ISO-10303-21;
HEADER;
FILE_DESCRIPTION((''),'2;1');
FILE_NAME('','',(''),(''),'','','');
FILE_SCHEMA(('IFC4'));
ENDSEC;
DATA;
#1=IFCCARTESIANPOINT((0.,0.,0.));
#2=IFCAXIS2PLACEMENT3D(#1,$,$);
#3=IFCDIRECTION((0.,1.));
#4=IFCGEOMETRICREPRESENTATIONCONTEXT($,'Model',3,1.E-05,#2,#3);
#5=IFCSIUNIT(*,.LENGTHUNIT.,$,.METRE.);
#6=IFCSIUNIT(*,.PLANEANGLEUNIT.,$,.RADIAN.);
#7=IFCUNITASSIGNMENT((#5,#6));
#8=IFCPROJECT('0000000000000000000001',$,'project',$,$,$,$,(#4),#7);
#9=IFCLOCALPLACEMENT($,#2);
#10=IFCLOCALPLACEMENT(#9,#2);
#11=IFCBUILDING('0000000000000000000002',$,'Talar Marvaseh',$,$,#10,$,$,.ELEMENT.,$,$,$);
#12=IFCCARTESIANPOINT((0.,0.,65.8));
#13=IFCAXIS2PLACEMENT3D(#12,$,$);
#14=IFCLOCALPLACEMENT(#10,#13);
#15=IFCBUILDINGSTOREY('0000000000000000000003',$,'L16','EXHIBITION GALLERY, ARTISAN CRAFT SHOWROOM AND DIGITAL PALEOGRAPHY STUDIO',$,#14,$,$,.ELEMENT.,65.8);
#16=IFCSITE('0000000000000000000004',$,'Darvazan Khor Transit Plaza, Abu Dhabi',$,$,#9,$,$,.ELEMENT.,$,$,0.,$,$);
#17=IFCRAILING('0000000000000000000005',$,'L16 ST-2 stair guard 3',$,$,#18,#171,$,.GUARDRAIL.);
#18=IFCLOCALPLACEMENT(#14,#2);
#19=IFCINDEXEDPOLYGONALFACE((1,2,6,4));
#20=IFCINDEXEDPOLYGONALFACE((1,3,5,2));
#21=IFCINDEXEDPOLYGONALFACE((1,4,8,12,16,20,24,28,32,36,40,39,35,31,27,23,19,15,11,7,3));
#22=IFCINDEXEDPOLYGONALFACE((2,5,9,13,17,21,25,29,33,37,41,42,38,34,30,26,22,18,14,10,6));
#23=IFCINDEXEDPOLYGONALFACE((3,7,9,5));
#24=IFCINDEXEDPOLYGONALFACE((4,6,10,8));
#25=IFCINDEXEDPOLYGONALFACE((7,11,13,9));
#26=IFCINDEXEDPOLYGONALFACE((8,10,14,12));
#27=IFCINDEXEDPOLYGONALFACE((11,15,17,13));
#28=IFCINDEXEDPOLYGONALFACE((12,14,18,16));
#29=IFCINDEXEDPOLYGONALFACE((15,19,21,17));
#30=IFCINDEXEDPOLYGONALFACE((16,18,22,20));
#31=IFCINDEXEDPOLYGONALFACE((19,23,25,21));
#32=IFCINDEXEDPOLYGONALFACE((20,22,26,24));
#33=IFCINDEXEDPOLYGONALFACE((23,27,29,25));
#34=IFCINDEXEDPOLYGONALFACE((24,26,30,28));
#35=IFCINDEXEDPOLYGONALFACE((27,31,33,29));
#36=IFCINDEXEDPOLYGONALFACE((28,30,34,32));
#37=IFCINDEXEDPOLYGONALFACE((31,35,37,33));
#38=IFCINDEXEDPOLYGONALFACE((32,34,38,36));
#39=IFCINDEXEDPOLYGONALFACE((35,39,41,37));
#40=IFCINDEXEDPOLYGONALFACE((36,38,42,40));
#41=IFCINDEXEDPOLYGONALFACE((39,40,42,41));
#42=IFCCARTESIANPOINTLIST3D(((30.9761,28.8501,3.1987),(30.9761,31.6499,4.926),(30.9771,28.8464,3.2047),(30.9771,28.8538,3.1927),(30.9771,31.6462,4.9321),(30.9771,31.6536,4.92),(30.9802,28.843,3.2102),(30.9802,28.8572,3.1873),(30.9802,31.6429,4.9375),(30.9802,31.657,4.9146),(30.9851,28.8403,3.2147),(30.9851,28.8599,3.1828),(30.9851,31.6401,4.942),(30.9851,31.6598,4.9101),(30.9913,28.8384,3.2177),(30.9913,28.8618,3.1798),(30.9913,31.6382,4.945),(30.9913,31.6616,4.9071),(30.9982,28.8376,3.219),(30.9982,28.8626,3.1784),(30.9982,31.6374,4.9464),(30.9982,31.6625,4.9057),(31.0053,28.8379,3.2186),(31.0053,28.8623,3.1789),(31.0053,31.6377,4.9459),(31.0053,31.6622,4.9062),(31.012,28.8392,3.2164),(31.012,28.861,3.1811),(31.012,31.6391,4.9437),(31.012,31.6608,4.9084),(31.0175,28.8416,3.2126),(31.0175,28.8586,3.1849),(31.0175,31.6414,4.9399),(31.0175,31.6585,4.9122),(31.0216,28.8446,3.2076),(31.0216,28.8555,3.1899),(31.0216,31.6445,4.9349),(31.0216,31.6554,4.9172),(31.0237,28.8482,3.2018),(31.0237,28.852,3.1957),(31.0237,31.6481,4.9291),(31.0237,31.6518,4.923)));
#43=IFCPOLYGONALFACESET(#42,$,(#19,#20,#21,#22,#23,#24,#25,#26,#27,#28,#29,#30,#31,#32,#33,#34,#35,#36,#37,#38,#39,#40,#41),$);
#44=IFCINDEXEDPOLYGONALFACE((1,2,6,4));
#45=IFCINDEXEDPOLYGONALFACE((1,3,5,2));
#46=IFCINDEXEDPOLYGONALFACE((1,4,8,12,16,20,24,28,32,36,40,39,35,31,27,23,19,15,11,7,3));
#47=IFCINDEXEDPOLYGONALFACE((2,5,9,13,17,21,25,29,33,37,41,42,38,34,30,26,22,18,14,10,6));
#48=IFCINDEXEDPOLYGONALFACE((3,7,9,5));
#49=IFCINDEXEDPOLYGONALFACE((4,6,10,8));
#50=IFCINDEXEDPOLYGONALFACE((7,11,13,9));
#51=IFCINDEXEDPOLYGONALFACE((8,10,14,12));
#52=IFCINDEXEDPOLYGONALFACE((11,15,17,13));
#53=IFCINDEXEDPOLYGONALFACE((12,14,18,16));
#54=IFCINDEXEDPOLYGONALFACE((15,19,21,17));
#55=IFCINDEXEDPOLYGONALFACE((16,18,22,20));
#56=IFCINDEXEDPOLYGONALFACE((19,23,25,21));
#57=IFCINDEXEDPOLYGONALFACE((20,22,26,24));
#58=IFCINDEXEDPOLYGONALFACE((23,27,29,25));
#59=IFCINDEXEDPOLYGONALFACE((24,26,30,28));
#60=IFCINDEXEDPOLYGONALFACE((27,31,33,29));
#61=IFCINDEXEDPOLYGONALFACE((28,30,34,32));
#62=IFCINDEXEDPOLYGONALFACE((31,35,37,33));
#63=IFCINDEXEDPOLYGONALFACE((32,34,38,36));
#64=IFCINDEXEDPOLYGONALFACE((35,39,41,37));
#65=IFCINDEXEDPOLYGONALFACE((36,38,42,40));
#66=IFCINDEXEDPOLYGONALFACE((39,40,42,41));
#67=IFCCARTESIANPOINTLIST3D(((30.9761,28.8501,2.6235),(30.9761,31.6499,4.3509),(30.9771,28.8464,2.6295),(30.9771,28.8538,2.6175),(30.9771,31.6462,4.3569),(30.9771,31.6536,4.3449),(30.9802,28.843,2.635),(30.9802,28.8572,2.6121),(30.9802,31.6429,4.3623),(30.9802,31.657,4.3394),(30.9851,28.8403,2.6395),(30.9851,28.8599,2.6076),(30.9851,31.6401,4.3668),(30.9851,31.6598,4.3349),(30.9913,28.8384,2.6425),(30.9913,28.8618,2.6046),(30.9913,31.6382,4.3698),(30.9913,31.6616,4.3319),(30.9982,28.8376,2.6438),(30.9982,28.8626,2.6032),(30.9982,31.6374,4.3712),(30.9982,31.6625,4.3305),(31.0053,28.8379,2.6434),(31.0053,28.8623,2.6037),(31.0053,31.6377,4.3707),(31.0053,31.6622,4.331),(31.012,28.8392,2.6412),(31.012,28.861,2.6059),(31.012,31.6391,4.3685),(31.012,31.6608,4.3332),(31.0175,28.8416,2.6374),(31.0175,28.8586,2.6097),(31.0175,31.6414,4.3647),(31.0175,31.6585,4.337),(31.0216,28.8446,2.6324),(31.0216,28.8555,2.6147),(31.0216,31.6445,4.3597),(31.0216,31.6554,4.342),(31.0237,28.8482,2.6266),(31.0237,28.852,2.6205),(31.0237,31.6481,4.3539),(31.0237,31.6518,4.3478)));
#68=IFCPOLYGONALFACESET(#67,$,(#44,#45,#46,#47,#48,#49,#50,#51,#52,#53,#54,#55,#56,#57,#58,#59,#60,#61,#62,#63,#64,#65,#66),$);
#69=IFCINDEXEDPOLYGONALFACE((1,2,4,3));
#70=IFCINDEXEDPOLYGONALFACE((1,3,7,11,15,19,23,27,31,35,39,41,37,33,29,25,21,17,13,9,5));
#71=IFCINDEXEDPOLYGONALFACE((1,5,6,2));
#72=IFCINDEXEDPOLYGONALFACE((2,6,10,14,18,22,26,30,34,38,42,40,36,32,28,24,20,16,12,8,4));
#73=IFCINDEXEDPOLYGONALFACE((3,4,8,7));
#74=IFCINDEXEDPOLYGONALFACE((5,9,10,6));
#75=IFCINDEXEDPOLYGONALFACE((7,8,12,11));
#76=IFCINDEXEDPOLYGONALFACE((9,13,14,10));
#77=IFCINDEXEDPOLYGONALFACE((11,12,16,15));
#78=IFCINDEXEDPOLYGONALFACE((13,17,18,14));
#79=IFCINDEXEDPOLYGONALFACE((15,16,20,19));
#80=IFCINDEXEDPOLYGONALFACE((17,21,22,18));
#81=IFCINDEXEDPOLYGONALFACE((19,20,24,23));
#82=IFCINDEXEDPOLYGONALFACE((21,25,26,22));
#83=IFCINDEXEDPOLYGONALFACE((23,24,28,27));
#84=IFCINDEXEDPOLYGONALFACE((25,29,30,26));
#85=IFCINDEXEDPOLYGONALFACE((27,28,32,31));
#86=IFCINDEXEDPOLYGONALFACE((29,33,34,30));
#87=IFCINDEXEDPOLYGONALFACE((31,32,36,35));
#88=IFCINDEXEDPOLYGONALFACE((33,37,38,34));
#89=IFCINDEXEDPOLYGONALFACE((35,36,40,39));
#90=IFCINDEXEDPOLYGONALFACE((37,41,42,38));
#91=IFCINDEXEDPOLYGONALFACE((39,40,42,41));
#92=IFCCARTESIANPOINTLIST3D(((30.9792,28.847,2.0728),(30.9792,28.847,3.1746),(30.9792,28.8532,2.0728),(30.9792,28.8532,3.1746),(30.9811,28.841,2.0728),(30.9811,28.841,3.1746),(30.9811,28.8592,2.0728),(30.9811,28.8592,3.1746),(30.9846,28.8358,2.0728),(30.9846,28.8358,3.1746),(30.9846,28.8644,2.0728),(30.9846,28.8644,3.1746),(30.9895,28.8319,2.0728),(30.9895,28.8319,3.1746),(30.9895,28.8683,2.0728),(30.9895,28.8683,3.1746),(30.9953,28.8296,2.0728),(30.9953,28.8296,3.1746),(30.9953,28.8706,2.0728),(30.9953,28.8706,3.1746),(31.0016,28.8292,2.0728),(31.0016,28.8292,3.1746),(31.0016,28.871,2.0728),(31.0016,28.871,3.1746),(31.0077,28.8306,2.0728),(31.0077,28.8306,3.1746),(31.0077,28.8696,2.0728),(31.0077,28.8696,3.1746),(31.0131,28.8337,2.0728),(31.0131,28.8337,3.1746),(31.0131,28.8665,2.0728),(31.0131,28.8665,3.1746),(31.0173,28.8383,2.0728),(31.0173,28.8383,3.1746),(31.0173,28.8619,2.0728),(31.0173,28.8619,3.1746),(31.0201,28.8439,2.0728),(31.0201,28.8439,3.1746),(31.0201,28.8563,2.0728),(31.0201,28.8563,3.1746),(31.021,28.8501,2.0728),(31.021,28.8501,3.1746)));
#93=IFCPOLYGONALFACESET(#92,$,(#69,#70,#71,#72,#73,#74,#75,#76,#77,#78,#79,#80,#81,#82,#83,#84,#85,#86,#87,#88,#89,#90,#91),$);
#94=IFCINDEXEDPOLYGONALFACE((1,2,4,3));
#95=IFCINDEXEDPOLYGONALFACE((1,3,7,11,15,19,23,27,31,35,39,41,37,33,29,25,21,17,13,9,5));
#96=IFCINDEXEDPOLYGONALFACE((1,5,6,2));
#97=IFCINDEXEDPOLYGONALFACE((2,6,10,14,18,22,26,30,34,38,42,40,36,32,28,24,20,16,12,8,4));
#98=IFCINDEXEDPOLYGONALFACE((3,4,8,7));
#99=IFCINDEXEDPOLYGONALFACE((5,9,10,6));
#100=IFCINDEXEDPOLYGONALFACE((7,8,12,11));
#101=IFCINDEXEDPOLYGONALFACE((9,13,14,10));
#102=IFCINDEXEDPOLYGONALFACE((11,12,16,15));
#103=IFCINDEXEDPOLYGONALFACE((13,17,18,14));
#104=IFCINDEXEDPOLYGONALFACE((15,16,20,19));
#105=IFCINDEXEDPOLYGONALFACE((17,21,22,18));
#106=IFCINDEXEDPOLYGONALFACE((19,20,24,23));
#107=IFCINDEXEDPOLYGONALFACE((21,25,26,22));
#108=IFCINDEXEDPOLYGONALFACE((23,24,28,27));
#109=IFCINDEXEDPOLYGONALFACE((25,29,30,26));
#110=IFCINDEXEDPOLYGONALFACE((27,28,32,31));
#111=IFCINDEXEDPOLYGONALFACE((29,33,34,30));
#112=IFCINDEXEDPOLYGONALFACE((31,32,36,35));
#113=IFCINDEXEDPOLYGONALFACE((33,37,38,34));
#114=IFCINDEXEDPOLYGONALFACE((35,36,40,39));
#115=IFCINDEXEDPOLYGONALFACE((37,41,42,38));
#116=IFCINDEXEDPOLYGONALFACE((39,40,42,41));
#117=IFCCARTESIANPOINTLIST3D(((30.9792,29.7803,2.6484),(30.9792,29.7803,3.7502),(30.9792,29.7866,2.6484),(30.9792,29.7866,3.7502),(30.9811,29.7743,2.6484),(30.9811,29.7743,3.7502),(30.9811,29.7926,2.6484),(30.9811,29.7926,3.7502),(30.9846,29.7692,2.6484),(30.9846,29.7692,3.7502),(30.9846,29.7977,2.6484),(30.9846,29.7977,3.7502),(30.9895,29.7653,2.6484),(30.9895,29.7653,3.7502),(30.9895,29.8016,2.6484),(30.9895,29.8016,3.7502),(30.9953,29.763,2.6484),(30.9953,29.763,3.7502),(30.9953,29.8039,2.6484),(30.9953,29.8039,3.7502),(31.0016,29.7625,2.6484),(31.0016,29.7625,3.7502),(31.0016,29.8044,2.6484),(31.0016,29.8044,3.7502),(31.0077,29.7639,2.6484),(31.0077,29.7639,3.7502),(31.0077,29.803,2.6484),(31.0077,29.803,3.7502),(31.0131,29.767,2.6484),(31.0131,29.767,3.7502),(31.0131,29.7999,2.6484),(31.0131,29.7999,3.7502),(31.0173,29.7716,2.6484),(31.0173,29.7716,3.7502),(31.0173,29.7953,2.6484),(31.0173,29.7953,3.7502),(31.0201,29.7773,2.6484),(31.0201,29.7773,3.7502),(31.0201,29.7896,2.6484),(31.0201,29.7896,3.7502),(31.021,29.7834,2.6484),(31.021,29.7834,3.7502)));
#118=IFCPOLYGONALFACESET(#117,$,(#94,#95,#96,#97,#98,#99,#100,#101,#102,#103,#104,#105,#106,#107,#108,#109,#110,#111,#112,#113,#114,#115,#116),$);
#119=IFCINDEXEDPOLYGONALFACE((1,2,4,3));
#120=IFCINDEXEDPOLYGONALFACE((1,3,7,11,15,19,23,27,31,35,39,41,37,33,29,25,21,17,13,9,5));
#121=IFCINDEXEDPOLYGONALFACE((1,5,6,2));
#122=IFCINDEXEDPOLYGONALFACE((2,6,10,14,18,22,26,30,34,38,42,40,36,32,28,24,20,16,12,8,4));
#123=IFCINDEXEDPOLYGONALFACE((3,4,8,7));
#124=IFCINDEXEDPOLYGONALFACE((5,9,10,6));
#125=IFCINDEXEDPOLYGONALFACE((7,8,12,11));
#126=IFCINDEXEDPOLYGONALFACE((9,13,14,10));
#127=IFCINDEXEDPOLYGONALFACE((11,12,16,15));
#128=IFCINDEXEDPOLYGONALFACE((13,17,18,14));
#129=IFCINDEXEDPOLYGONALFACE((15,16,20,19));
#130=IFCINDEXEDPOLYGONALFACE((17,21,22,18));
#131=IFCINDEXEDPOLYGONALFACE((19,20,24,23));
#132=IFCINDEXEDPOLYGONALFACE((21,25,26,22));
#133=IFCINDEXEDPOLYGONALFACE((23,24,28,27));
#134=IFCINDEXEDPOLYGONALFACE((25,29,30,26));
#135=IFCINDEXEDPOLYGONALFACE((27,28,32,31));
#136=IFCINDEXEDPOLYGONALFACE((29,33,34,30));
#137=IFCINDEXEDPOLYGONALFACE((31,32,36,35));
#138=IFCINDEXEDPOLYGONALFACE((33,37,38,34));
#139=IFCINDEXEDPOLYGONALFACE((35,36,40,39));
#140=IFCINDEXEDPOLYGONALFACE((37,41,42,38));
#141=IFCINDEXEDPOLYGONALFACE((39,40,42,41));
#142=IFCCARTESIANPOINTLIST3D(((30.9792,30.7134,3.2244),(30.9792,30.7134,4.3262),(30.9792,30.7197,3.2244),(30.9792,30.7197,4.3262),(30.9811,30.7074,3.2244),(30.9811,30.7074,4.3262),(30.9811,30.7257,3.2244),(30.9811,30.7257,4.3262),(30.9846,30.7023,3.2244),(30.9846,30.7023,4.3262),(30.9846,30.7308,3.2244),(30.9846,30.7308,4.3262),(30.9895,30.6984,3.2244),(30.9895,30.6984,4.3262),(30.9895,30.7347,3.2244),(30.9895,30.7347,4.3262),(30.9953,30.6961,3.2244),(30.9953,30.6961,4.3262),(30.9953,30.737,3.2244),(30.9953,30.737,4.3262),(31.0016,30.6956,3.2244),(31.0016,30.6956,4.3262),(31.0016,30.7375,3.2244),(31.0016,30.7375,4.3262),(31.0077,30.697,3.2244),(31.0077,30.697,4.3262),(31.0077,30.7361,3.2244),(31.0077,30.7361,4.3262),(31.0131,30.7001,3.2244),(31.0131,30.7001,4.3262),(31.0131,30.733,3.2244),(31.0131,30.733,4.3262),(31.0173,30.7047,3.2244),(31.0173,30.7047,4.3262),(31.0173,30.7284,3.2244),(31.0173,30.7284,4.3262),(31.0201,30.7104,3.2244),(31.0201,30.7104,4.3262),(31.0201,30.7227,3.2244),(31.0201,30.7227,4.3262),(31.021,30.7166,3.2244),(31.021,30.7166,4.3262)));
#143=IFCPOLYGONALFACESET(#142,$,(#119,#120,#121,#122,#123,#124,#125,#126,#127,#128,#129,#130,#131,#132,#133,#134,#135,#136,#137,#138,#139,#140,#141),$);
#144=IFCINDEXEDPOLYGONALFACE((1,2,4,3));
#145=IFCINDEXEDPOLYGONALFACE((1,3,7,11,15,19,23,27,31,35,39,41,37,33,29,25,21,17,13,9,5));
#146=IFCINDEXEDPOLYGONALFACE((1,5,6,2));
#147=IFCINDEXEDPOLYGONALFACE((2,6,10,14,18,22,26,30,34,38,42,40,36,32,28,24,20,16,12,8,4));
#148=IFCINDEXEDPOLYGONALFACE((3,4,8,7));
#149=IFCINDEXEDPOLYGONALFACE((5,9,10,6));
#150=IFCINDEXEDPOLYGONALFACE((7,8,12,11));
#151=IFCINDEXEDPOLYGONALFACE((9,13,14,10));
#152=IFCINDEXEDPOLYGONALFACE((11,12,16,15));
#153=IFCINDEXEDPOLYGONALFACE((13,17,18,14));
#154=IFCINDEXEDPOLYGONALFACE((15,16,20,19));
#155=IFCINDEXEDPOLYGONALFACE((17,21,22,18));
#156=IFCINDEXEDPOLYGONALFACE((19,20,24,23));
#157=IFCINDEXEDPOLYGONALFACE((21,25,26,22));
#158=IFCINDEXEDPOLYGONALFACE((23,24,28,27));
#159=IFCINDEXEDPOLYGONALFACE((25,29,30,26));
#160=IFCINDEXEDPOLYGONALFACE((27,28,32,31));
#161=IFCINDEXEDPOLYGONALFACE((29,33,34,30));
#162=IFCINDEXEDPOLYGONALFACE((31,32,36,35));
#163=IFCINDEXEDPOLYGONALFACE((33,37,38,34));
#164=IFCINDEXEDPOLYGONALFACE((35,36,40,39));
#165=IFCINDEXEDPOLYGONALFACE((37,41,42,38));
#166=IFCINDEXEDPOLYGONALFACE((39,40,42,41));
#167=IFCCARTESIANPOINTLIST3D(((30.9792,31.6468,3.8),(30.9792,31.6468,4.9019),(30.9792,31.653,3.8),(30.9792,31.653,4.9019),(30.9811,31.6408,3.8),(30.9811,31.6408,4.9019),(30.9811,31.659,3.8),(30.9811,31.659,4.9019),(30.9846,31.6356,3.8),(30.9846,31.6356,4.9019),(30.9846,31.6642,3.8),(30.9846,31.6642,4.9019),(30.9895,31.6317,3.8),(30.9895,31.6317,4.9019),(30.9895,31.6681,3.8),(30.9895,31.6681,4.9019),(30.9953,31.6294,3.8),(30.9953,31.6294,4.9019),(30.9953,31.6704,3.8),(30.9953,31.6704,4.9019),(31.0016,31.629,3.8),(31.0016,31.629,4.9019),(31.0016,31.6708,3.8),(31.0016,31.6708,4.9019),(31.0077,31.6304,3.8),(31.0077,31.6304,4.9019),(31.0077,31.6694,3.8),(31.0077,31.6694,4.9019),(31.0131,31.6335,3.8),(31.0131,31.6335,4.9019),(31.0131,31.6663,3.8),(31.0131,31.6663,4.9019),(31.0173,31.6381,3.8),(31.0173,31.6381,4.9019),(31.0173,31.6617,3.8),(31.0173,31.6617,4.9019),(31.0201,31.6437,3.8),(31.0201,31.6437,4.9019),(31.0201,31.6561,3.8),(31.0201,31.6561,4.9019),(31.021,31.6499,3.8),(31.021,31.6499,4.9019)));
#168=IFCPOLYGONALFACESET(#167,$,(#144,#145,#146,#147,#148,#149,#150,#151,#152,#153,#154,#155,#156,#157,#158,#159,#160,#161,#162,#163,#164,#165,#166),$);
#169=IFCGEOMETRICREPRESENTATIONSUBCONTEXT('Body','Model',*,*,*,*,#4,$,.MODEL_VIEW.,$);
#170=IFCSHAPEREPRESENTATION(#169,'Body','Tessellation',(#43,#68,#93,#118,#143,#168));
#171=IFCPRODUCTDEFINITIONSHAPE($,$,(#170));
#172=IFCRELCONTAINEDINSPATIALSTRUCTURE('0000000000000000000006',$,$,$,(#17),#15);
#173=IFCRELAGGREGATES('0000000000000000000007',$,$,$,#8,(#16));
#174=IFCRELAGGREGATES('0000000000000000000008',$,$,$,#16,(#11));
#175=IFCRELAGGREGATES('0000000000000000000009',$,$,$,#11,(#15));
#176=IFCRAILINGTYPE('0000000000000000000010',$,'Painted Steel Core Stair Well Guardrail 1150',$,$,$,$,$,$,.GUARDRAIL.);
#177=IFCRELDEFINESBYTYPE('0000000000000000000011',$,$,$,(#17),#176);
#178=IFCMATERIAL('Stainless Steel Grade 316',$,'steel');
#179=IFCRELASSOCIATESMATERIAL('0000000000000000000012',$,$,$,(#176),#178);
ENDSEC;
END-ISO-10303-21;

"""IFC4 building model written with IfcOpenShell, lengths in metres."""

from ifc_helpers import new_model, si_unit, direction, frame, origin, origin_2d, place, context, subcontext, project, spatial, circle, extrude, material, type_object, element, save


model = new_model("IFC4")

# Units and contexts
model_context = context("Model", 3, precision=1e-05, world=origin(), true_north=direction((0.0, 1.0)))
body_context = subcontext(model_context, "Body", "Model", "MODEL_VIEW")
ifc_project = project(units=[si_unit("LENGTHUNIT", "METRE"), si_unit("PLANEANGLEUNIT", "RADIAN")], contexts=[model_context])

# Site, building, storey
site_placement = place(None, origin())
site = spatial("IfcSite", under=ifc_project, at=site_placement, Name="Darvazan Khor Transit Plaza, Abu Dhabi", CompositionType="ELEMENT", RefElevation=0.0)
building_placement = place(site_placement, origin())
building = spatial("IfcBuilding", under=site, at=building_placement, Name="Talar Marvaseh", CompositionType="ELEMENT")
storey_placement = place(building_placement, frame((0.0, 0.0, 65.8)))
storey = spatial("IfcBuildingStorey", under=building, at=storey_placement, Name="L16", Description="EXHIBITION GALLERY, ARTISAN CRAFT SHOWROOM AND DIGITAL PALEOGRAPHY STUDIO", CompositionType="ELEMENT", Elevation=65.8)

# Railing
ifc_material_1 = material(Name="Stainless Steel Grade 316", Category="steel")
railing_type_1 = type_object("IfcRailingType", Name="Painted Steel Core Stair Well Guardrail 1150", PredefinedType="GUARDRAIL", material=ifc_material_1)
railing_1_placement = place(storey_placement, frame((31.0, 28.8501, 2.0728)))
element("IfcRailing", 1, at=railing_1_placement, inside=storey, type_object=railing_type_1, Name="L16 ST-2 stair guard 3", PredefinedType="GUARDRAIL", context=body_context, shape_type="SweptSolid", body=[
    extrude(circle(Radius=0.0239, at=origin_2d()), frame((0.0, 0.0, 1.126), z_axis=(0.0, 0.851069, 0.525054), x_axis=(-1.0, 0.0, 0.0)), (0.0, 0.0, 1.0), 3.2898),
    extrude(circle(Radius=0.0239, at=origin_2d()), frame((0.0, 0.0, 0.5508), z_axis=(0.0, 0.851069, 0.525054), x_axis=(-1.0, 0.0, 0.0)), (0.0, 0.0, 1.0), 3.2898),
    extrude(circle(Radius=0.021, at=origin_2d()), origin(), (0.0, 0.0, 1.0), 1.1018),
    extrude(circle(Radius=0.021, at=origin_2d()), frame((0.0, 0.9333, 0.5757)), (0.0, 0.0, 1.0), 1.1018),
    extrude(circle(Radius=0.021, at=origin_2d()), frame((0.0, 1.8665, 1.1516)), (0.0, 0.0, 1.0), 1.1018),
    extrude(circle(Radius=0.021, at=origin_2d()), frame((0.0, 2.7998, 1.7273)), (0.0, 0.0, 1.0), 1.1018),
])

save(model, "model.ifc")
